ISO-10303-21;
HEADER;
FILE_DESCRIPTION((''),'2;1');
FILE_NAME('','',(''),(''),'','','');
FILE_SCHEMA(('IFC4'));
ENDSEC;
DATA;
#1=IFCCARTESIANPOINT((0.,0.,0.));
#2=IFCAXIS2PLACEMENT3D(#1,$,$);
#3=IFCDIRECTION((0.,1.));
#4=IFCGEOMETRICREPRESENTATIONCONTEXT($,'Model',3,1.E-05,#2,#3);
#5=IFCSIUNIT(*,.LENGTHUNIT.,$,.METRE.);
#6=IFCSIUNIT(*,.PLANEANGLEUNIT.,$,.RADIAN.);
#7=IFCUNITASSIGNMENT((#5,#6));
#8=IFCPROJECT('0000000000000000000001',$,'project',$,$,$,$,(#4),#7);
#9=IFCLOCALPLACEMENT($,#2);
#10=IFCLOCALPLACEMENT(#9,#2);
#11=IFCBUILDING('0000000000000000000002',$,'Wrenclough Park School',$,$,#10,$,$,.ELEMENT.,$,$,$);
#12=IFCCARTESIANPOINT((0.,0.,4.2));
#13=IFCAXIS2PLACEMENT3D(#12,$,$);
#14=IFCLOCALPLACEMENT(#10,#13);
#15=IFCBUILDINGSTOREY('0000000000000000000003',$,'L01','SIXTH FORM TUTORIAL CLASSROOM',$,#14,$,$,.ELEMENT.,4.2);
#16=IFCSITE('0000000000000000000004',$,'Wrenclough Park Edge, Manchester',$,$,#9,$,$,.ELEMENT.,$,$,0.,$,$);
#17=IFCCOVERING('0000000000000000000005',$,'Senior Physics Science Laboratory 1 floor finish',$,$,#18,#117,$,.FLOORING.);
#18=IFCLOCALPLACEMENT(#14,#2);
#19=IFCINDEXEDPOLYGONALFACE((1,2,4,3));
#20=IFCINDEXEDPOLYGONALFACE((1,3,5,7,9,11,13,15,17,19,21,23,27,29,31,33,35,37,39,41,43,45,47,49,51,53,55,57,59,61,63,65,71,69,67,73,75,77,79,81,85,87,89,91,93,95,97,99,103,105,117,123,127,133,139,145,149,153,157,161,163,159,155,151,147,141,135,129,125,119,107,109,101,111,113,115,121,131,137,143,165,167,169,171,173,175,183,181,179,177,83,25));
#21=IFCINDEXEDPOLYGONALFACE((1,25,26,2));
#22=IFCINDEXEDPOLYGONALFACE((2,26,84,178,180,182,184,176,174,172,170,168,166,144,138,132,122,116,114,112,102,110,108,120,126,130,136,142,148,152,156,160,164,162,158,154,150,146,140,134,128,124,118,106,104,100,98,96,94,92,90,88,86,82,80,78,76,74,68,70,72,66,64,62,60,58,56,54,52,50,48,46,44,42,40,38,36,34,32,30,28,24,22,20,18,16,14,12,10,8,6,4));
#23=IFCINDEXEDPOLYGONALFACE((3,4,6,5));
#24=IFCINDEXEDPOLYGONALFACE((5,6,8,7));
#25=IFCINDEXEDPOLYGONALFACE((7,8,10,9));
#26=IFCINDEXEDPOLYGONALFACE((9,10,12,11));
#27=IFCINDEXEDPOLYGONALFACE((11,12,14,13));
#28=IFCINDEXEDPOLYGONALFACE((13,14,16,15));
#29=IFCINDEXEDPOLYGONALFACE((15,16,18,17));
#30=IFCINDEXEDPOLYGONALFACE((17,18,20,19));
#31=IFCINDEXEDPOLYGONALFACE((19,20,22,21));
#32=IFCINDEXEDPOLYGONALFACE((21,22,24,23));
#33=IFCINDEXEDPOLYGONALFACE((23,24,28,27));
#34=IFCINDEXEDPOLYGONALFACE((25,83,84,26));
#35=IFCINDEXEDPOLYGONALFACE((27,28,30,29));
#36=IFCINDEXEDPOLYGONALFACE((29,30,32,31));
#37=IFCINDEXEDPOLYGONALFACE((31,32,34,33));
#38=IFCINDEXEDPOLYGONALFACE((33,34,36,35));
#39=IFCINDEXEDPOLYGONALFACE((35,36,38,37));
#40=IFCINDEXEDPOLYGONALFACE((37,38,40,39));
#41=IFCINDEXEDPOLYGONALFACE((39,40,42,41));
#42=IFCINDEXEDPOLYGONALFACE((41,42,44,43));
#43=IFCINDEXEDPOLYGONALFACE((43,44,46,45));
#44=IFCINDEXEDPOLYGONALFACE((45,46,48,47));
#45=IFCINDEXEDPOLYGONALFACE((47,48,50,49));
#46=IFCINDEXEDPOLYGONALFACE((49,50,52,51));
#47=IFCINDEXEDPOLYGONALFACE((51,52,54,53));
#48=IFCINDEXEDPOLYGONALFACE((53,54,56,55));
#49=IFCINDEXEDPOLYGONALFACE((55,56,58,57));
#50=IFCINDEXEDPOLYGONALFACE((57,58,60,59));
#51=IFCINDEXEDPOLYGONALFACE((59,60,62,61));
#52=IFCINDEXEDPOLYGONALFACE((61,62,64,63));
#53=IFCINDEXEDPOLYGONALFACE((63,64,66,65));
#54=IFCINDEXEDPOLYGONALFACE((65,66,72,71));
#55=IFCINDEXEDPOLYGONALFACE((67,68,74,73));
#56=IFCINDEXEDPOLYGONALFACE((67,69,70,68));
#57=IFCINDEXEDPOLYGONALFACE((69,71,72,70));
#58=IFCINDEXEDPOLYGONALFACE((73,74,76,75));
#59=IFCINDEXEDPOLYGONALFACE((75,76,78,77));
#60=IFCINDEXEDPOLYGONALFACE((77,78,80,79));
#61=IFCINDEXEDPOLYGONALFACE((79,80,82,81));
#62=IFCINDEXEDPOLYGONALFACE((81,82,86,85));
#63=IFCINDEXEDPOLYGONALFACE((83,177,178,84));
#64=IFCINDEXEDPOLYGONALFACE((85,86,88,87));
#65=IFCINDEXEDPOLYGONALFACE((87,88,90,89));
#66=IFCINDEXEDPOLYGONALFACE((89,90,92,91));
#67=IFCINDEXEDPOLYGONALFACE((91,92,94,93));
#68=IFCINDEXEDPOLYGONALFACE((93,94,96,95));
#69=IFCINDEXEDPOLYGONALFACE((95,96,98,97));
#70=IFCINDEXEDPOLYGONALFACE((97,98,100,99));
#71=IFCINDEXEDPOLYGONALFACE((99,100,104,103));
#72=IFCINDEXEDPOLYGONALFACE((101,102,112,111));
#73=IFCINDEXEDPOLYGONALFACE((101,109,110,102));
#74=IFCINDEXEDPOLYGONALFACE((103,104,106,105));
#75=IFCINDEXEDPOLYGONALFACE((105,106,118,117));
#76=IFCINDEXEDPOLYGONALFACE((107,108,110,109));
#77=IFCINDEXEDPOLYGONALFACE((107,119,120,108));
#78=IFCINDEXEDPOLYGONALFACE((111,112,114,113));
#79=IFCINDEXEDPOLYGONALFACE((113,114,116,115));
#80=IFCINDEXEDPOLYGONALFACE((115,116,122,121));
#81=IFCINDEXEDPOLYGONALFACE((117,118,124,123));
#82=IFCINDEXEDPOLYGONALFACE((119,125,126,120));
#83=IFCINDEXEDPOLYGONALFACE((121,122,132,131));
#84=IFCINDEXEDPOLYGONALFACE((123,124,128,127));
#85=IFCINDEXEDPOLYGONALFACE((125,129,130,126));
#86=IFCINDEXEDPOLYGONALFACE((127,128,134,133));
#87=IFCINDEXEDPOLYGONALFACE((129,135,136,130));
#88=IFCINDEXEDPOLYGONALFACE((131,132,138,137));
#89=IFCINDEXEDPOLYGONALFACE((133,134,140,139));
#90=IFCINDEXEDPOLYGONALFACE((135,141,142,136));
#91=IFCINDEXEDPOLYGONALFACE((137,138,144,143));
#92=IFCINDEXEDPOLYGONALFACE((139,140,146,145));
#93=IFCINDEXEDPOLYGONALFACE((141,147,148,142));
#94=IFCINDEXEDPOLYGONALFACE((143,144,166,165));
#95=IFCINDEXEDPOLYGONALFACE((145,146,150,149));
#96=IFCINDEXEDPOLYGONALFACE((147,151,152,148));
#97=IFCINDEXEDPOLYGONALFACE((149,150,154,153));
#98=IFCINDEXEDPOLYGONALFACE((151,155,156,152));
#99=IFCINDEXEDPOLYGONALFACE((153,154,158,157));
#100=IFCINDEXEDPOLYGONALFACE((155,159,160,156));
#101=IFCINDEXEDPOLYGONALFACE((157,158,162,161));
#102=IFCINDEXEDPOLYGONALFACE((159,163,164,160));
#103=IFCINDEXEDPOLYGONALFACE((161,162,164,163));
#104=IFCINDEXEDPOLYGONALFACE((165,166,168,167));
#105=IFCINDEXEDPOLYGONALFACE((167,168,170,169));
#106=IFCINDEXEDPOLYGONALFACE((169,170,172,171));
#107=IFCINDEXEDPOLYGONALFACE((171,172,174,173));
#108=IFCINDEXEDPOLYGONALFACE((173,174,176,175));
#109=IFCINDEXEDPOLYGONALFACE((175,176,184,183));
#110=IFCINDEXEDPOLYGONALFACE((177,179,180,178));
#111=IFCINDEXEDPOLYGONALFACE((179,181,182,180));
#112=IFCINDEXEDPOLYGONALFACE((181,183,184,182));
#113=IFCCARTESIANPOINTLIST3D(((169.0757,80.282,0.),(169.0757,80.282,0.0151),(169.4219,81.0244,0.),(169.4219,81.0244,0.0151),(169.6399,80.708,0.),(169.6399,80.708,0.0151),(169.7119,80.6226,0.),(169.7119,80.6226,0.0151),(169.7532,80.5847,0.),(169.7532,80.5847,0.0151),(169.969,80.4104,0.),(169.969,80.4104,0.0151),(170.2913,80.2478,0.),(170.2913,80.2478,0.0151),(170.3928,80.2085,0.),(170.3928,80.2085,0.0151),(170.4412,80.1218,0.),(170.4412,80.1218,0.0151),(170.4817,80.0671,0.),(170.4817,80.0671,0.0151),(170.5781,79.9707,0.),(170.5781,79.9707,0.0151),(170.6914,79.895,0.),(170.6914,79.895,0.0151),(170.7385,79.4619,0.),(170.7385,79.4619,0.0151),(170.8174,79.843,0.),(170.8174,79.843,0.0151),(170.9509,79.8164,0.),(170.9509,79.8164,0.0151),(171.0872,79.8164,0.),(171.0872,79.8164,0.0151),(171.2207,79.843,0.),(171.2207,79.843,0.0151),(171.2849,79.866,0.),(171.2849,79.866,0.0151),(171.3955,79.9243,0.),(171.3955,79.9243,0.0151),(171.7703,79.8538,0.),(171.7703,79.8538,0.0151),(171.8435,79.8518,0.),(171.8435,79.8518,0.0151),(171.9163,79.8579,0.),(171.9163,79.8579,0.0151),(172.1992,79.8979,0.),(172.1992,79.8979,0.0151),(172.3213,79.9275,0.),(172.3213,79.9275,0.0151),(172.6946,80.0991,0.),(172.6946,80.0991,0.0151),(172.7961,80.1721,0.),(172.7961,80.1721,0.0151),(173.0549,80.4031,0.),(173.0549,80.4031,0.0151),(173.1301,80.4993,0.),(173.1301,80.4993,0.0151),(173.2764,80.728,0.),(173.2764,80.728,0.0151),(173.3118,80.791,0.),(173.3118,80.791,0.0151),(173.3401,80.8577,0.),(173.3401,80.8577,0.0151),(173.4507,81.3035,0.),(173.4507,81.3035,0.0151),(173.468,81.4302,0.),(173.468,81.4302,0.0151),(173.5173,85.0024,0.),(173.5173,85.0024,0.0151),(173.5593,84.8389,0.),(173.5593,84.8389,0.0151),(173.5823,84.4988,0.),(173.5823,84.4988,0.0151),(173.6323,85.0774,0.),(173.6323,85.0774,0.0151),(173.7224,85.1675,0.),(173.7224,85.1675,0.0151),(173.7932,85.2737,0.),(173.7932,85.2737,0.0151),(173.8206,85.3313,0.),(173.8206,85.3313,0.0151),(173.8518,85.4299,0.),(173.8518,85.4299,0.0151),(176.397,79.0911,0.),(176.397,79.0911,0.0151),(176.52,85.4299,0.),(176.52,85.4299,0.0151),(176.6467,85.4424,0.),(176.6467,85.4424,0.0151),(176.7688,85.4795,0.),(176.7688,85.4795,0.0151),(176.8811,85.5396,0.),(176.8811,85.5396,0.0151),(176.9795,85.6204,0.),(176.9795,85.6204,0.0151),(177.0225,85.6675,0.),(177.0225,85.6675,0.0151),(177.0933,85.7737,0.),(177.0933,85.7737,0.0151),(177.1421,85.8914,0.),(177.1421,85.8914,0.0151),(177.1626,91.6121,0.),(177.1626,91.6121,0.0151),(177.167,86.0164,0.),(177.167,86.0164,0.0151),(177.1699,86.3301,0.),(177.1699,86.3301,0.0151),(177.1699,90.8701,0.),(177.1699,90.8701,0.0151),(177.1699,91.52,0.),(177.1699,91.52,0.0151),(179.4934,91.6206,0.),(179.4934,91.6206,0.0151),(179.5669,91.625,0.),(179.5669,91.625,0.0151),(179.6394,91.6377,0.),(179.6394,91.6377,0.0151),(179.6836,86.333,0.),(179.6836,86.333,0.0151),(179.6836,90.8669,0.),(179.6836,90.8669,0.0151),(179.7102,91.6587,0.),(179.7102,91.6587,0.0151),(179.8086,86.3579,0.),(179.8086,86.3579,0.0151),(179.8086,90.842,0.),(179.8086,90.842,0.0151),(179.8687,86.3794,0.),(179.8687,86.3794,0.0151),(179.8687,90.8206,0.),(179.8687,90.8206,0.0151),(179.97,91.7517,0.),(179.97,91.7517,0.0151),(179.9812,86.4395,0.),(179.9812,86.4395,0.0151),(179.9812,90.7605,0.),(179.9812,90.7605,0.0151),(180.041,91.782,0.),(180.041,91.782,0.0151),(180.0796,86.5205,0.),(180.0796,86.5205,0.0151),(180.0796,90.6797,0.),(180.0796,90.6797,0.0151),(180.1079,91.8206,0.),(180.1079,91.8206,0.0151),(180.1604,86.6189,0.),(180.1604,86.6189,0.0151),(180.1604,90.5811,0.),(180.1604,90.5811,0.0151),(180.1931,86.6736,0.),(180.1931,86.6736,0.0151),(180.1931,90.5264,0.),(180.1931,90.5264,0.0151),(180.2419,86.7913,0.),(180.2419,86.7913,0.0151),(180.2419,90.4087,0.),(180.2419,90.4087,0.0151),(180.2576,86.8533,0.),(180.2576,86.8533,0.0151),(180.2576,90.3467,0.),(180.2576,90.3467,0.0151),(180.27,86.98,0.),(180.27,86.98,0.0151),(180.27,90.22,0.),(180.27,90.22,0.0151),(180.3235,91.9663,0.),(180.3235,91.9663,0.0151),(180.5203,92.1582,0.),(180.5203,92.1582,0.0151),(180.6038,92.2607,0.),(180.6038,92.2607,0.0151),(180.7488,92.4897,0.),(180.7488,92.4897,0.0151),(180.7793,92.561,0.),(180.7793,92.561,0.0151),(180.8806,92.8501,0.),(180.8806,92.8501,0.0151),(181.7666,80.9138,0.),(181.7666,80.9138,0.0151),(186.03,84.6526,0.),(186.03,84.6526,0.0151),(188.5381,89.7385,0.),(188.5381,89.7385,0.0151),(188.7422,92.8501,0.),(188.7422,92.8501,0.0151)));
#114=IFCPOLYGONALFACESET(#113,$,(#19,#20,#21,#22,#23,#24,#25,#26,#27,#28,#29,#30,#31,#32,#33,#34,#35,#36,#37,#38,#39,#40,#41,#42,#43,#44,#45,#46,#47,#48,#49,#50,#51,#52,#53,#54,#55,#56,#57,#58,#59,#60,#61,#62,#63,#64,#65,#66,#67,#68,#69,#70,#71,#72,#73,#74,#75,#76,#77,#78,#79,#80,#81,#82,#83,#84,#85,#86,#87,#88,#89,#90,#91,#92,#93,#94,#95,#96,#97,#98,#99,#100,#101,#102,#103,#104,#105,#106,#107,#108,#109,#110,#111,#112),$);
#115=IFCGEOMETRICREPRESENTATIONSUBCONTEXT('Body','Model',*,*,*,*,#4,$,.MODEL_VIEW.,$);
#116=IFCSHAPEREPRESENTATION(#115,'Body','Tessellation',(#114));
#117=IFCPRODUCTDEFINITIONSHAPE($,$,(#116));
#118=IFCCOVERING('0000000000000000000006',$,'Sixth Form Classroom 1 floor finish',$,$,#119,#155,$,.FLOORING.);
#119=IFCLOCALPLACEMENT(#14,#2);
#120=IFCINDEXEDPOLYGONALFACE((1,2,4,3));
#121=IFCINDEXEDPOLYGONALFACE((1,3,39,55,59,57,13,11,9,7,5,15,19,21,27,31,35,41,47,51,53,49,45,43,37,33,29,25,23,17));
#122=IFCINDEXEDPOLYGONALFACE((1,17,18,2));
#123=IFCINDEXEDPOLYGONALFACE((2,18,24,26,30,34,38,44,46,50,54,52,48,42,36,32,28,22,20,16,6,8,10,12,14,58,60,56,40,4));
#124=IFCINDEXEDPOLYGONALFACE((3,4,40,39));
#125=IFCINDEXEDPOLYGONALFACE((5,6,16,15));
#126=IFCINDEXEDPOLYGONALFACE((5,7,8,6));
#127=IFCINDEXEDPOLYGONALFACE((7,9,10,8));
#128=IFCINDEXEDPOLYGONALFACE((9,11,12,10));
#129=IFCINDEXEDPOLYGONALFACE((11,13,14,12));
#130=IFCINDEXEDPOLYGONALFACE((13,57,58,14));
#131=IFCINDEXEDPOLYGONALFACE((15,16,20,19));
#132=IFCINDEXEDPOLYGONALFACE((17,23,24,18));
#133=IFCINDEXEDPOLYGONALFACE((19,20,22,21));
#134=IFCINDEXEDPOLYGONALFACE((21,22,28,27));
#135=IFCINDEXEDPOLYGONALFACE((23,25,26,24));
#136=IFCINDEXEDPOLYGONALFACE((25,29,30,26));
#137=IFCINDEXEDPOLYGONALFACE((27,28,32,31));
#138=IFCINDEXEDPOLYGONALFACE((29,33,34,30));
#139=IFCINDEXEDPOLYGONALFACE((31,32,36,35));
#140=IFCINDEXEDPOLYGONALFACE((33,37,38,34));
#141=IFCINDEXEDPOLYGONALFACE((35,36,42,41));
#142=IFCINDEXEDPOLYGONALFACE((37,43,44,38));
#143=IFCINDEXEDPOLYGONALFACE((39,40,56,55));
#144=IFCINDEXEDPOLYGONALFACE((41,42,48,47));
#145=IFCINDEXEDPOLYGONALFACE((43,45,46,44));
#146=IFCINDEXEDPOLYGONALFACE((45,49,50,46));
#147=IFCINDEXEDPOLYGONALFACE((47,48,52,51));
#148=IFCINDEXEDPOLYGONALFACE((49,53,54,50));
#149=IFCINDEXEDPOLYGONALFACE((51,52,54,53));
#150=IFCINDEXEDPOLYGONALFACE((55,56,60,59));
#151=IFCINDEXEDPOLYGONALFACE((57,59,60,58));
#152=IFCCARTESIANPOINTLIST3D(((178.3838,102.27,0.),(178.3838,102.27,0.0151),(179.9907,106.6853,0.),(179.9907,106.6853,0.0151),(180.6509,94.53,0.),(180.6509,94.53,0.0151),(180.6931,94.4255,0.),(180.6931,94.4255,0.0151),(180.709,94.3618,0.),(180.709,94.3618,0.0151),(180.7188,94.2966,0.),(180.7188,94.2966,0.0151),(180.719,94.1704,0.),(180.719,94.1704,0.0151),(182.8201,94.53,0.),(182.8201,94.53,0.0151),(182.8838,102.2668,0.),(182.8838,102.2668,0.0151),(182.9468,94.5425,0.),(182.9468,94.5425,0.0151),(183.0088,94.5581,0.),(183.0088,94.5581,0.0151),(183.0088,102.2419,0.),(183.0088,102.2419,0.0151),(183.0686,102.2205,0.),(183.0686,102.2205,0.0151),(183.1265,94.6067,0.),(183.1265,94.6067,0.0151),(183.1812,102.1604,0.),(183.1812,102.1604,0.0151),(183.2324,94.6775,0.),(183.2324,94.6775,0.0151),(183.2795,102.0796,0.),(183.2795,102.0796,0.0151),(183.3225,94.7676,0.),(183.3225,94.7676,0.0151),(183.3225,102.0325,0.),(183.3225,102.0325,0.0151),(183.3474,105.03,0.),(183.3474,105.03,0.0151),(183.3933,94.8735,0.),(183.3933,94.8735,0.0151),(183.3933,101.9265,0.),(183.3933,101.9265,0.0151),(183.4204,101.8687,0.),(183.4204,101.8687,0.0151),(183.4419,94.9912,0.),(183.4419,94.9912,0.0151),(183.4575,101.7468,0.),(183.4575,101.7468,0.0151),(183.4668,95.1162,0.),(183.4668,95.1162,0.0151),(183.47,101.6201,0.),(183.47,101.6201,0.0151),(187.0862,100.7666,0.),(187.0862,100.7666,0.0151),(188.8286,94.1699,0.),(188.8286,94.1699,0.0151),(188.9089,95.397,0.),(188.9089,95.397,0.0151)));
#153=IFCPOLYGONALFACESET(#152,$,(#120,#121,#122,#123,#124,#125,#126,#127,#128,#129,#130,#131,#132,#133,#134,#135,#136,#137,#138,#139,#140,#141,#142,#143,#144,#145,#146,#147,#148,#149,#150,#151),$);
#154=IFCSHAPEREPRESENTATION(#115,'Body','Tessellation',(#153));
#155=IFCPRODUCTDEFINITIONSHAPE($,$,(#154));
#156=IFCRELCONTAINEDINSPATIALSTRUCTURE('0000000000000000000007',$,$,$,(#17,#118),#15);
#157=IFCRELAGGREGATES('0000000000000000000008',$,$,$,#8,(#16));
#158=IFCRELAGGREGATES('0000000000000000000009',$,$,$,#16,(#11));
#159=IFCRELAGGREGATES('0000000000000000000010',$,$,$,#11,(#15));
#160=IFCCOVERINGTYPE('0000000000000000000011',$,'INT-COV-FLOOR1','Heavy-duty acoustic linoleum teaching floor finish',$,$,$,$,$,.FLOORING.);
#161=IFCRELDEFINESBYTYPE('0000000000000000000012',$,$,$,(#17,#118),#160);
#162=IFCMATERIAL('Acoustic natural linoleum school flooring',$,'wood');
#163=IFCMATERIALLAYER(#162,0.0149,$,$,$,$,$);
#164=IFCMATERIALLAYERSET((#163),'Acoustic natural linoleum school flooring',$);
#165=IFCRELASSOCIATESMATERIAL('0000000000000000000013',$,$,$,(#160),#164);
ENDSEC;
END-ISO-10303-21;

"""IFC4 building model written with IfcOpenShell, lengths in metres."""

from ifc_helpers import new_model, si_unit, direction, frame, origin, place, context, subcontext, project, spatial, polyline, outline, extrude, material, layer, layer_set, type_object, element, save


model = new_model("IFC4")

# Units and contexts
model_context = context("Model", 3, precision=1e-05, world=origin(), true_north=direction((0.0, 1.0)))
body_context = subcontext(model_context, "Body", "Model", "MODEL_VIEW")
ifc_project = project(units=[si_unit("LENGTHUNIT", "METRE"), si_unit("PLANEANGLEUNIT", "RADIAN")], contexts=[model_context])

# Site, building, storey
site_placement = place(None, origin())
site = spatial("IfcSite", under=ifc_project, at=site_placement, Name="Wrenclough Park Edge, Manchester", CompositionType="ELEMENT", RefElevation=0.0)
building_placement = place(site_placement, origin())
building = spatial("IfcBuilding", under=site, at=building_placement, Name="Wrenclough Park School", CompositionType="ELEMENT")
storey_placement = place(building_placement, frame((0.0, 0.0, 4.2)))
storey = spatial("IfcBuildingStorey", under=building, at=storey_placement, Name="L01", Description="SIXTH FORM TUTORIAL CLASSROOM", CompositionType="ELEMENT", Elevation=4.2)

# Coverings
ifc_material_1 = material(Name="Acoustic natural linoleum school flooring", Category="wood")
ifc_layer_1 = layer(ifc_material_1, 0.0149)
ifc_layer_set_1 = layer_set([ifc_layer_1], Name="Acoustic natural linoleum school flooring")
covering_type_1 = type_object("IfcCoveringType", Name="INT-COV-FLOOR1", Description="Heavy-duty acoustic linoleum teaching floor finish", PredefinedType="FLOORING", material=ifc_layer_set_1)
covering_1_placement = place(storey_placement, origin())
element("IfcCovering", 1, at=covering_1_placement, inside=storey, type_object=covering_type_1, Name="Senior Physics Science Laboratory 1 floor finish", PredefinedType="FLOORING", context=body_context, shape_type="SweptSolid", body=[
    extrude(outline(polyline([(169.4219, 81.0244), (169.0757, 80.282), (170.7385, 79.4619), (176.397, 79.0911), (181.7666, 80.9138), (186.03, 84.6526), (188.5381, 89.7385), (188.7422, 92.8501), (180.8806, 92.8501), (180.7793, 92.561), (180.7488, 92.4897), (180.6038, 92.2607), (180.5203, 92.1582), (180.3235, 91.9663), (180.1079, 91.8206), (180.041, 91.782), (179.97, 91.7517), (179.7102, 91.6587), (179.6394, 91.6377), (179.5669, 91.625), (179.4934, 91.6206), (177.1626, 91.6121), (177.1699, 91.52), (177.1699, 90.8701), (179.6836, 90.8669), (179.8086, 90.842), (179.8687, 90.8206), (179.9812, 90.7605), (180.0796, 90.6797), (180.1604, 90.5811), (180.1931, 90.5264), (180.2419, 90.4087), (180.2576, 90.3467), (180.27, 90.22), (180.27, 86.98), (180.2576, 86.8533), (180.2419, 86.7913), (180.1931, 86.6736), (180.1604, 86.6189), (180.0796, 86.5205), (179.9812, 86.4395), (179.8687, 86.3794), (179.8086, 86.3579), (179.6836, 86.333), (177.1699, 86.3301), (177.167, 86.0164), (177.1421, 85.8914), (177.0933, 85.7737), (177.0225, 85.6675), (176.9795, 85.6204), (176.8811, 85.5396), (176.7688, 85.4795), (176.6467, 85.4424), (176.52, 85.4299), (173.8518, 85.4299), (173.8206, 85.3313), (173.7932, 85.2737), (173.7224, 85.1675), (173.6323, 85.0774), (173.5173, 85.0024), (173.5593, 84.8389), (173.5823, 84.4988), (173.468, 81.4302), (173.4507, 81.3035), (173.3401, 80.8577), (173.3118, 80.791), (173.2764, 80.728), (173.1301, 80.4993), (173.0549, 80.4031), (172.7961, 80.1721), (172.6946, 80.0991), (172.3213, 79.9275), (172.1992, 79.8979), (171.9163, 79.8579), (171.8435, 79.8518), (171.7703, 79.8538), (171.3955, 79.9243), (171.2849, 79.866), (171.2207, 79.843), (171.0872, 79.8164), (170.9509, 79.8164), (170.8174, 79.843), (170.6914, 79.895), (170.5781, 79.9707), (170.4817, 80.0671), (170.4412, 80.1218), (170.3928, 80.2085), (170.2913, 80.2478), (169.969, 80.4104), (169.7532, 80.5847), (169.7119, 80.6226), (169.6399, 80.708), (169.4219, 81.0244)])), origin(), (0.0, 0.0, 1.0), 0.0151),
])
covering_2_placement = place(storey_placement, origin())
element("IfcCovering", 2, at=covering_2_placement, inside=storey, type_object=covering_type_1, Name="Sixth Form Classroom 1 floor finish", PredefinedType="FLOORING", context=body_context, shape_type="SweptSolid", body=[
    extrude(outline(polyline([(182.8201, 94.53), (180.6509, 94.53), (180.6931, 94.4255), (180.709, 94.3618), (180.7188, 94.2966), (180.719, 94.1704), (188.8286, 94.1699), (188.9089, 95.397), (187.0862, 100.7666), (183.3474, 105.03), (179.9907, 106.6853), (178.3838, 102.27), (182.8838, 102.2668), (183.0088, 102.2419), (183.0686, 102.2205), (183.1812, 102.1604), (183.2795, 102.0796), (183.3225, 102.0325), (183.3933, 101.9265), (183.4204, 101.8687), (183.4575, 101.7468), (183.47, 101.6201), (183.4668, 95.1162), (183.4419, 94.9912), (183.3933, 94.8735), (183.3225, 94.7676), (183.2324, 94.6775), (183.1265, 94.6067), (183.0088, 94.5581), (182.9468, 94.5425), (182.8201, 94.53)])), origin(), (0.0, 0.0, 1.0), 0.0151),
])

save(model, "model.ifc")
